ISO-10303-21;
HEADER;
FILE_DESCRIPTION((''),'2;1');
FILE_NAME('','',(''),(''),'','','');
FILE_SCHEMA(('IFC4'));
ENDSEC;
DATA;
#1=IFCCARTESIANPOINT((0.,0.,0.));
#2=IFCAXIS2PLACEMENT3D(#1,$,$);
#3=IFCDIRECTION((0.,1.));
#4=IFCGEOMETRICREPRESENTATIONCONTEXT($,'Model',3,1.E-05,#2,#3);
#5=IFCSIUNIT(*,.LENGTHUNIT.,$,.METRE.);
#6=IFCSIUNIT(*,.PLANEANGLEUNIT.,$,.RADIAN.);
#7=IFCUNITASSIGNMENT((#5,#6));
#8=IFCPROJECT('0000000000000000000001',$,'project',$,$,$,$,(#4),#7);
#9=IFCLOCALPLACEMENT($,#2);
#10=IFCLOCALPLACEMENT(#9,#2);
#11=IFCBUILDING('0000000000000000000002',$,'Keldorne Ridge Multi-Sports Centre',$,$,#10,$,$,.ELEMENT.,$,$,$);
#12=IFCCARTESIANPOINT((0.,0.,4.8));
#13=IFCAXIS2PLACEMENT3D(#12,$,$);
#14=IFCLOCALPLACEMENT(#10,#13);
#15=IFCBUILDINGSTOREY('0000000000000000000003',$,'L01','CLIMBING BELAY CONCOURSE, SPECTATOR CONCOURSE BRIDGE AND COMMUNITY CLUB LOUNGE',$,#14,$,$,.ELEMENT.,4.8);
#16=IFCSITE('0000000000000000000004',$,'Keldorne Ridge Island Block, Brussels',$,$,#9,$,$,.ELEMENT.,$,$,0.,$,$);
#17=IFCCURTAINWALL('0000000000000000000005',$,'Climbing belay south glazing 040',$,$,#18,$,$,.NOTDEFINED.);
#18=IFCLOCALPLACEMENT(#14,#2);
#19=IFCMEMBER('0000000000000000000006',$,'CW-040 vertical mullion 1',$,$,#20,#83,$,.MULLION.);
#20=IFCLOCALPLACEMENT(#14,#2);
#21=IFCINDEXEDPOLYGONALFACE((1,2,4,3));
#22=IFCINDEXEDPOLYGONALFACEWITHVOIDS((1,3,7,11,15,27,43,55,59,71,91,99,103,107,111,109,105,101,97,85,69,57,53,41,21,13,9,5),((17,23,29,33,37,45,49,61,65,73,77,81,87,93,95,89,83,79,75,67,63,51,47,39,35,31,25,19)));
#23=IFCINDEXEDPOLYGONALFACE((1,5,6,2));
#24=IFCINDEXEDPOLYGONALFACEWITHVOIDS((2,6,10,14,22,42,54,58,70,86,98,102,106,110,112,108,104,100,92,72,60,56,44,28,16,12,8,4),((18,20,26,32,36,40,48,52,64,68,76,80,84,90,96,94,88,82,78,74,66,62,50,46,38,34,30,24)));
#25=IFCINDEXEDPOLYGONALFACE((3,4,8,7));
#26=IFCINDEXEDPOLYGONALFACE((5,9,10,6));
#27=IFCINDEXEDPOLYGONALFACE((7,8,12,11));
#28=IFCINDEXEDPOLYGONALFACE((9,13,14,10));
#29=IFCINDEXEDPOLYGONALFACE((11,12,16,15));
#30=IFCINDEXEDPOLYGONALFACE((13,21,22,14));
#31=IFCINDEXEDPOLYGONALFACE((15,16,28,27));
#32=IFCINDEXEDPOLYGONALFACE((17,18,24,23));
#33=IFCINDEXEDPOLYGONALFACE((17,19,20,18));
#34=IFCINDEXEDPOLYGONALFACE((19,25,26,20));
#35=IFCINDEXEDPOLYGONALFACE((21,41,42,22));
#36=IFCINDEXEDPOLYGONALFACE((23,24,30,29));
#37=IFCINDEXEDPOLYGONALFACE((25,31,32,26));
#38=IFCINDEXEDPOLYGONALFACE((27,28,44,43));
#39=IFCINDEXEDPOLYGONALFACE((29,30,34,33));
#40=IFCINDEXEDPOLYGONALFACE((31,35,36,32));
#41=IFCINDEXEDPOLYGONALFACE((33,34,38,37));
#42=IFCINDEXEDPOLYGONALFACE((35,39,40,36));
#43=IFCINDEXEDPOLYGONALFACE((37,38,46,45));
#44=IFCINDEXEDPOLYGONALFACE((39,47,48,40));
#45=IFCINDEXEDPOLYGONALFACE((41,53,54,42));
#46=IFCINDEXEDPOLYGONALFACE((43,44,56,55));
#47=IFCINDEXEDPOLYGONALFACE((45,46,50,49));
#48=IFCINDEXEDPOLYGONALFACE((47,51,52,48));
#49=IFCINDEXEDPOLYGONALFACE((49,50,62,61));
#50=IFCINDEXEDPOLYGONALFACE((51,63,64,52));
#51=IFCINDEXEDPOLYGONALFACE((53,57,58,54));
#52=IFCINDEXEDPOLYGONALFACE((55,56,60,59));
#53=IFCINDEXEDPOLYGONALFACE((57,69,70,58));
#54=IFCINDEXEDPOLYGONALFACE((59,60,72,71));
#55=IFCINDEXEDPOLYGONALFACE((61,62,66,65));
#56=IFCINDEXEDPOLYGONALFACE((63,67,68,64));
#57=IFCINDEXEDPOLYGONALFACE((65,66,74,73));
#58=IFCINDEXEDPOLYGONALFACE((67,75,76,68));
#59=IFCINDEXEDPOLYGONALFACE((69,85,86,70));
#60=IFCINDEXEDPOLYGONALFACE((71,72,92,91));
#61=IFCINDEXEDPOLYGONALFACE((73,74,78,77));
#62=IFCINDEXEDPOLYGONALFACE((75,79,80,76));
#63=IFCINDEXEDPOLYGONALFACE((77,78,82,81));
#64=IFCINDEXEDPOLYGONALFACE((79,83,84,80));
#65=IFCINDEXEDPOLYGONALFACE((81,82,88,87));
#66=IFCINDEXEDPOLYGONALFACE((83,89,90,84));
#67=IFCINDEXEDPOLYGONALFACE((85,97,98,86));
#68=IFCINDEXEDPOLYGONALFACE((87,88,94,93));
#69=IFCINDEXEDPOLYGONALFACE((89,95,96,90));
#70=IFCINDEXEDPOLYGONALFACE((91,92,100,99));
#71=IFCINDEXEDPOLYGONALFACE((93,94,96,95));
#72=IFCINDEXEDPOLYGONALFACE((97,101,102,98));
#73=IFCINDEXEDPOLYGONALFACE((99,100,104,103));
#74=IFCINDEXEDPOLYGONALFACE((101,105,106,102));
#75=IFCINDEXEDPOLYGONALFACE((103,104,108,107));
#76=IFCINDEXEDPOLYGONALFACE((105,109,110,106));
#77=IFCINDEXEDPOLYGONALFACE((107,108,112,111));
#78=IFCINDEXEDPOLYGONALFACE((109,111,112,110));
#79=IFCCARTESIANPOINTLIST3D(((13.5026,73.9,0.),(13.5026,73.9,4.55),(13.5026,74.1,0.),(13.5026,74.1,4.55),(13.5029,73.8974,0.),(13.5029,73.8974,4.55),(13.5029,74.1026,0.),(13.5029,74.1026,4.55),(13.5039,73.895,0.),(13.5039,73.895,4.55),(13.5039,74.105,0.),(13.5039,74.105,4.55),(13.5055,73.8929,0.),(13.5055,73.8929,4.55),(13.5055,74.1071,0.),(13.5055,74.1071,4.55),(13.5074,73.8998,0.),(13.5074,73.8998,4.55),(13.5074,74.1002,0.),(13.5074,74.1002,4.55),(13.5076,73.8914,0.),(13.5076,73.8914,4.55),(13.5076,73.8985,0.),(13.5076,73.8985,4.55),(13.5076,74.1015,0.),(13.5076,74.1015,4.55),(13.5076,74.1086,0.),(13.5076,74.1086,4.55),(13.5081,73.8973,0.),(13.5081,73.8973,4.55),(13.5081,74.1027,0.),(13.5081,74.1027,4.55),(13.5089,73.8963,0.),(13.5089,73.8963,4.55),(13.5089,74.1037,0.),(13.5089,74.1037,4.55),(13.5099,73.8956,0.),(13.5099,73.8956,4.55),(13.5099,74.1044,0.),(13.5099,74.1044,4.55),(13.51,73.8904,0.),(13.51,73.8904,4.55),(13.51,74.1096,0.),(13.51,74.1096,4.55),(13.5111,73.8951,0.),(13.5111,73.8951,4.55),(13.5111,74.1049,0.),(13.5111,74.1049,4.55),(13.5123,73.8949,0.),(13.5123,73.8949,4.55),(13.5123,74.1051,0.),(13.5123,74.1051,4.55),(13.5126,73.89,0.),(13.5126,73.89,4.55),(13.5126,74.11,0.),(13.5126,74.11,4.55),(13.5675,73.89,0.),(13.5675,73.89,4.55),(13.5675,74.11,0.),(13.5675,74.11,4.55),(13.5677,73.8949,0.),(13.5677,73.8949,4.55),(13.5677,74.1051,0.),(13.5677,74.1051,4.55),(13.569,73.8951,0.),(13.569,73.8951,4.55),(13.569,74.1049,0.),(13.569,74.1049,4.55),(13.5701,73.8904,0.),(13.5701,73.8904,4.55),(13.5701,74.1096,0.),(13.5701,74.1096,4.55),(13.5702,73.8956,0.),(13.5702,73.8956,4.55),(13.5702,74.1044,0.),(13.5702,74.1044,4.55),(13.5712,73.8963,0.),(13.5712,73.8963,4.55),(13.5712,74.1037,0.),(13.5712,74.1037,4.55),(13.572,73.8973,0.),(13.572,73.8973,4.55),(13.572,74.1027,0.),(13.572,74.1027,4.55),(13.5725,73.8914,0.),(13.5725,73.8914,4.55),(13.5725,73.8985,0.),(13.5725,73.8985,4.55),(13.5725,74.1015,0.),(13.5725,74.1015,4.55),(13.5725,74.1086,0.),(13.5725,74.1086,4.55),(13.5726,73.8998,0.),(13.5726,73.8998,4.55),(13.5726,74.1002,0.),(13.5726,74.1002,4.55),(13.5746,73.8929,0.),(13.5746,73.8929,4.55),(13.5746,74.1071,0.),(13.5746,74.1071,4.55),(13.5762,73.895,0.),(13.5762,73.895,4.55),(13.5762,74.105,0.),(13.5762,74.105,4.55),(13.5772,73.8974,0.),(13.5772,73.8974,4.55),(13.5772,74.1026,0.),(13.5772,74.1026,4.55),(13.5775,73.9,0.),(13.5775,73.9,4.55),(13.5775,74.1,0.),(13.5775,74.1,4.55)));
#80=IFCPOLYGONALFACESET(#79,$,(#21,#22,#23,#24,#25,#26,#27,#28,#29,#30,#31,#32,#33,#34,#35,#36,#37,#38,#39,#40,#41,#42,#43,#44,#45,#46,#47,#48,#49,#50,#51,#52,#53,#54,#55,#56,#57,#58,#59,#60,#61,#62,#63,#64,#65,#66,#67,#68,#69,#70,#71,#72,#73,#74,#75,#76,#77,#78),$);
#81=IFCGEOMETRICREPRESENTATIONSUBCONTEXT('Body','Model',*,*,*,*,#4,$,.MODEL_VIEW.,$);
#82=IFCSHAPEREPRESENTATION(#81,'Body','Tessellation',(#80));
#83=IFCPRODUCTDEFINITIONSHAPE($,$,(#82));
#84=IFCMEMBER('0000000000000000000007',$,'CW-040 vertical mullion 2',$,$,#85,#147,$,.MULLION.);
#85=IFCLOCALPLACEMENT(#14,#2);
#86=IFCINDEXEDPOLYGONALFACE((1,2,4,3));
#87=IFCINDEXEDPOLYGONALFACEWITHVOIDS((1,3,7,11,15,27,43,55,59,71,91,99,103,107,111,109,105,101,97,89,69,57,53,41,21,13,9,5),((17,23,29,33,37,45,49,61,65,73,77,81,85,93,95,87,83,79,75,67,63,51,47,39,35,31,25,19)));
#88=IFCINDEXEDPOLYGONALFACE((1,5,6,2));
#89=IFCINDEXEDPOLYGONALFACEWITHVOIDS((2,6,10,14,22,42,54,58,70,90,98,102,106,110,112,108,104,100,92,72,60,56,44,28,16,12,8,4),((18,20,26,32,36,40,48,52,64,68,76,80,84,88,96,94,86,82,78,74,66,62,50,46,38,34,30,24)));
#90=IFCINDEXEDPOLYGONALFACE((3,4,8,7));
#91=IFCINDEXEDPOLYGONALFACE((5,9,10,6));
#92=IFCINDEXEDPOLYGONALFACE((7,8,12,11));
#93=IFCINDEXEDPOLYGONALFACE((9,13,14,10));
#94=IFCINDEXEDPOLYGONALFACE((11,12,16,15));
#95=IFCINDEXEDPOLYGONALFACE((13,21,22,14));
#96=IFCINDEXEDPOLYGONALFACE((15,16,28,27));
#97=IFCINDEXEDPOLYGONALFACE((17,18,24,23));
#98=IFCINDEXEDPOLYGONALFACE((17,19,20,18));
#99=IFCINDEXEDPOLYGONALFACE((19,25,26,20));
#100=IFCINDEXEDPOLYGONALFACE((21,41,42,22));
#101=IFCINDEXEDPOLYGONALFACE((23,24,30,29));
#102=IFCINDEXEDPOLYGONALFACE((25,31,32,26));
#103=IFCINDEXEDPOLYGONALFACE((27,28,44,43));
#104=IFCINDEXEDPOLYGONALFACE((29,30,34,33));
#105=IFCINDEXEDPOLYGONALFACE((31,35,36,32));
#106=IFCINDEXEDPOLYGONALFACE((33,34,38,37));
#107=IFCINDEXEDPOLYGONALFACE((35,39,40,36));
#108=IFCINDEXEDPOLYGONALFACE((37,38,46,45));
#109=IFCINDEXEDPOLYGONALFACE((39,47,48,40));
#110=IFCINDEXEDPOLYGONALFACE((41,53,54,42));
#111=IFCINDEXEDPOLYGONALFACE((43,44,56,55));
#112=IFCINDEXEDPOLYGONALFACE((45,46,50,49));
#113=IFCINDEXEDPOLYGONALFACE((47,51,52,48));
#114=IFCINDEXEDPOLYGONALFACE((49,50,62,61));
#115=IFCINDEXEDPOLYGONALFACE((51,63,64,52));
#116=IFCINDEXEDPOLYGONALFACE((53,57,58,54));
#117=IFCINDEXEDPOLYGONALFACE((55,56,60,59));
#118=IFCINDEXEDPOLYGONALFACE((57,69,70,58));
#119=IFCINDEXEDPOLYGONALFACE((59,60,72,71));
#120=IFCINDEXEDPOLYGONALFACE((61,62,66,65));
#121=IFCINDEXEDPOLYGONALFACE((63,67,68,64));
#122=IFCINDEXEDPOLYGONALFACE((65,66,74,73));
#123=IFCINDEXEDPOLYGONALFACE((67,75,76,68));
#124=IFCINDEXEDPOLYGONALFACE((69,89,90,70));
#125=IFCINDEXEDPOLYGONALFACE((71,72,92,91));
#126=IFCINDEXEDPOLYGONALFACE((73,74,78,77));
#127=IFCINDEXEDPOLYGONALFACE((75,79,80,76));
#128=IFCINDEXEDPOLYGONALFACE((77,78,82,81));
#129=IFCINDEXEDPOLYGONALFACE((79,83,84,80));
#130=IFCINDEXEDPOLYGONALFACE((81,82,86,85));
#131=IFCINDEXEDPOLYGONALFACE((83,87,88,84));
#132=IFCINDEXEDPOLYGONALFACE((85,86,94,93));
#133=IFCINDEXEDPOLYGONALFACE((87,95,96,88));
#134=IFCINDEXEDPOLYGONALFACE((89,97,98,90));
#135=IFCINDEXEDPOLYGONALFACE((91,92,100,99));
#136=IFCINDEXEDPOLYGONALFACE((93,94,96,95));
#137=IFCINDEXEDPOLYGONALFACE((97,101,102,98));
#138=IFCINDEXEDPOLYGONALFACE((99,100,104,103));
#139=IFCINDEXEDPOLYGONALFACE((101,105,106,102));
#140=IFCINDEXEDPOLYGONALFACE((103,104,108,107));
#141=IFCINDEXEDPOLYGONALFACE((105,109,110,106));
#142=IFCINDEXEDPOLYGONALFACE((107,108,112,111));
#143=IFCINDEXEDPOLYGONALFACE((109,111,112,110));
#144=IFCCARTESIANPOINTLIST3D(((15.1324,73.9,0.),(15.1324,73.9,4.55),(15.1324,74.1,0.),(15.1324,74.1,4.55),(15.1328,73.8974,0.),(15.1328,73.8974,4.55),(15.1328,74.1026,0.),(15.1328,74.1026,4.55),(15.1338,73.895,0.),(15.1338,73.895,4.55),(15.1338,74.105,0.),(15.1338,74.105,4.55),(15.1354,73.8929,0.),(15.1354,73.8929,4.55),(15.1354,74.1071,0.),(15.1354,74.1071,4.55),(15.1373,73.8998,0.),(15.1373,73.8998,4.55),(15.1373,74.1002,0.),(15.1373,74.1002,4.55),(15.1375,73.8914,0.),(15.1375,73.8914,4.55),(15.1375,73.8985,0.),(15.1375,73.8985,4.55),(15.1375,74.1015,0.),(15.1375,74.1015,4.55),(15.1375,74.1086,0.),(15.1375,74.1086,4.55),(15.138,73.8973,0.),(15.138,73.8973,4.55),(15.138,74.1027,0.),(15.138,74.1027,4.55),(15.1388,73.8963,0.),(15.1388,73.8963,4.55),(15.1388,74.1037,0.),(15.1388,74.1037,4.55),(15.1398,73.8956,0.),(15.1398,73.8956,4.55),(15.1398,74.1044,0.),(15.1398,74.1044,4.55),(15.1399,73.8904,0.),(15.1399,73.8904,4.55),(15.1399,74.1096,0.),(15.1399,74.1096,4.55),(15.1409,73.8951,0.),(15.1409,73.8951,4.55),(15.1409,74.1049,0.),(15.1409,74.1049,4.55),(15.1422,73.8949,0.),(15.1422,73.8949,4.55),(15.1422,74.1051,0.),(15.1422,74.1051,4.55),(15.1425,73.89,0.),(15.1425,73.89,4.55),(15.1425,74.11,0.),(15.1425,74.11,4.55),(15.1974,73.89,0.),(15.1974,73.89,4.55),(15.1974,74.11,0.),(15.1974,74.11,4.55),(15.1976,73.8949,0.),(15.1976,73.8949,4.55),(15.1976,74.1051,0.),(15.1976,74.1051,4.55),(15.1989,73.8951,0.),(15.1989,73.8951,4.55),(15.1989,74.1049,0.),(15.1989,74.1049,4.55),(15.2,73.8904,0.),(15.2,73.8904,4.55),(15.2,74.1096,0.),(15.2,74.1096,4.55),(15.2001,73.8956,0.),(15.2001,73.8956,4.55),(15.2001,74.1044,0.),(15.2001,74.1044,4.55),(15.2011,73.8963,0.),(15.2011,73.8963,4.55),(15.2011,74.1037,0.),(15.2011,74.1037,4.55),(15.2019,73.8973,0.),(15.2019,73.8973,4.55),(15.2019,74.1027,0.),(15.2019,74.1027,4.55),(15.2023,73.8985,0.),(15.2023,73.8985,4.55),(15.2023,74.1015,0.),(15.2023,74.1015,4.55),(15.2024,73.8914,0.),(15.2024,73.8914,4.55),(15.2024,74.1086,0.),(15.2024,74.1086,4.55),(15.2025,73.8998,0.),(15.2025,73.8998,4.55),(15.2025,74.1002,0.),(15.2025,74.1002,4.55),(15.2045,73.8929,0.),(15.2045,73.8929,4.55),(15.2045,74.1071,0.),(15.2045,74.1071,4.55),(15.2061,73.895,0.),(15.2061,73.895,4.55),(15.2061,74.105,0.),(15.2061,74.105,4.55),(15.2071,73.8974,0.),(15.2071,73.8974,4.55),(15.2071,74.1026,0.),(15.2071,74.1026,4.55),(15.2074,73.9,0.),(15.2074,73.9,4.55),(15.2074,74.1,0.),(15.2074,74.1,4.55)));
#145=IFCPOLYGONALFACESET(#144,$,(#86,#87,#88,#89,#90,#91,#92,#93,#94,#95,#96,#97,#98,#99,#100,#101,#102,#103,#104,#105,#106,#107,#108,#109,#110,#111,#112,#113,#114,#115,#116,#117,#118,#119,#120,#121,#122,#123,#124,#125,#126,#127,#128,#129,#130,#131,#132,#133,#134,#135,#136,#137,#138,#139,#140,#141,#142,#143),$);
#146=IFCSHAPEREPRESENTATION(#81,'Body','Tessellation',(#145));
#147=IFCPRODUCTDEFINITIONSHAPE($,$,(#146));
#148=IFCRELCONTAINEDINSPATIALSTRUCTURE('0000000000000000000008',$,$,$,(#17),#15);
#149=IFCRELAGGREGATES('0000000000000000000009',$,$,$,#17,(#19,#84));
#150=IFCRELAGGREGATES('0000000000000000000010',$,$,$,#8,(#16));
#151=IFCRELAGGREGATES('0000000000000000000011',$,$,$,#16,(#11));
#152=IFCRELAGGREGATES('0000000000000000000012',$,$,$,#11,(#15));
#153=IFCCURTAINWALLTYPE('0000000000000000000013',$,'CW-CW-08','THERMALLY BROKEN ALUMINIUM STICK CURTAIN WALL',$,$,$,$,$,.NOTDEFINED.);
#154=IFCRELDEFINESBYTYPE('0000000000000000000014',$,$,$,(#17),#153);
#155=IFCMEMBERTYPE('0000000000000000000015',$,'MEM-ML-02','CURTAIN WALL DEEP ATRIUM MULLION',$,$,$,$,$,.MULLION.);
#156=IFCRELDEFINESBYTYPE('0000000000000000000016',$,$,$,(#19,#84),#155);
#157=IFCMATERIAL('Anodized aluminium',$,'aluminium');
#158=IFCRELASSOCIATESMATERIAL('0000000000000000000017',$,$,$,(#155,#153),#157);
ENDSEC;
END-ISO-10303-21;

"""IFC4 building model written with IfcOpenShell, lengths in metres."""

from ifc_helpers import new_model, si_unit, direction, frame, origin, origin_2d, place, context, subcontext, project, spatial, hollow_rectangle, extrude, material, material_profile, profile_set, type_object, element, aggregate, save


model = new_model("IFC4")

# Units and contexts
model_context = context("Model", 3, precision=1e-05, world=origin(), true_north=direction((0.0, 1.0)))
body_context = subcontext(model_context, "Body", "Model", "MODEL_VIEW")
ifc_project = project(units=[si_unit("LENGTHUNIT", "METRE"), si_unit("PLANEANGLEUNIT", "RADIAN")], contexts=[model_context])

# Site, building, storey
site_placement = place(None, origin())
site = spatial("IfcSite", under=ifc_project, at=site_placement, Name="Keldorne Ridge Island Block, Brussels", CompositionType="ELEMENT", RefElevation=0.0)
building_placement = place(site_placement, origin())
building = spatial("IfcBuilding", under=site, at=building_placement, Name="Keldorne Ridge Multi-Sports Centre", CompositionType="ELEMENT")
storey_placement = place(building_placement, frame((0.0, 0.0, 4.8)))
storey = spatial("IfcBuildingStorey", under=building, at=storey_placement, Name="L01", Description="CLIMBING BELAY CONCOURSE, SPECTATOR CONCOURSE BRIDGE AND COMMUNITY CLUB LOUNGE", CompositionType="ELEMENT", Elevation=4.8)

# Shared definitions
ifc_material_1 = material(Name="Anodized aluminium", Category="aluminium")
ifc_material_profile_1 = material_profile(ifc_material_1, hollow_rectangle(XDim=0.075, YDim=0.22, WallThickness=0.0049, InnerFilletRadius=0.0049, OuterFilletRadius=0.01, at=origin_2d()), Name="ALU MULLION 220x75x5")
ifc_profile_set_1 = profile_set([ifc_material_profile_1], Name="Anodized aluminium")
member_type_1 = type_object("IfcMemberType", Name="MEM-ML-02", Description="CURTAIN WALL DEEP ATRIUM MULLION", PredefinedType="MULLION", material=ifc_profile_set_1)

# Curtain wall, members
curtain_wall_type_1 = type_object("IfcCurtainWallType", Name="CW-CW-08", Description="THERMALLY BROKEN ALUMINIUM STICK CURTAIN WALL", PredefinedType="NOTDEFINED", material=ifc_material_1)
curtain_wall_1_placement = place(storey_placement, origin())
curtain_wall_1 = element("IfcCurtainWall", 1, at=curtain_wall_1_placement, inside=storey, type_object=curtain_wall_type_1, Name="Climbing belay south glazing 040", PredefinedType="NOTDEFINED")
member_1_placement = place(storey_placement, frame((13.54, 74.0, 0.0), z_axis=(0.0, 0.0, 1.0), x_axis=(1.0, 0.0, 0.0)))
member_1 = element("IfcMember", 2, at=member_1_placement, type_object=member_type_1, Name="CW-040 vertical mullion 1", PredefinedType="MULLION", context=body_context, shape_type="SweptSolid", body=[
    extrude(hollow_rectangle(XDim=0.075, YDim=0.22, WallThickness=0.0049, InnerFilletRadius=0.0049, OuterFilletRadius=0.01, at=origin_2d()), origin(), (0.0, 0.0, 1.0), 4.55),
])
member_2_placement = place(storey_placement, frame((15.1699, 74.0, 0.0), z_axis=(0.0, 0.0, 1.0), x_axis=(1.0, 0.0, 0.0)))
member_2 = element("IfcMember", 3, at=member_2_placement, type_object=member_type_1, Name="CW-040 vertical mullion 2", PredefinedType="MULLION", context=body_context, shape_type="SweptSolid", body=[
    extrude(hollow_rectangle(XDim=0.075, YDim=0.22, WallThickness=0.0049, InnerFilletRadius=0.0049, OuterFilletRadius=0.01, at=origin_2d()), origin(), (0.0, 0.0, 1.0), 4.55),
])

aggregate(curtain_wall_1, [member_1, member_2])

save(model, "model.ifc")
